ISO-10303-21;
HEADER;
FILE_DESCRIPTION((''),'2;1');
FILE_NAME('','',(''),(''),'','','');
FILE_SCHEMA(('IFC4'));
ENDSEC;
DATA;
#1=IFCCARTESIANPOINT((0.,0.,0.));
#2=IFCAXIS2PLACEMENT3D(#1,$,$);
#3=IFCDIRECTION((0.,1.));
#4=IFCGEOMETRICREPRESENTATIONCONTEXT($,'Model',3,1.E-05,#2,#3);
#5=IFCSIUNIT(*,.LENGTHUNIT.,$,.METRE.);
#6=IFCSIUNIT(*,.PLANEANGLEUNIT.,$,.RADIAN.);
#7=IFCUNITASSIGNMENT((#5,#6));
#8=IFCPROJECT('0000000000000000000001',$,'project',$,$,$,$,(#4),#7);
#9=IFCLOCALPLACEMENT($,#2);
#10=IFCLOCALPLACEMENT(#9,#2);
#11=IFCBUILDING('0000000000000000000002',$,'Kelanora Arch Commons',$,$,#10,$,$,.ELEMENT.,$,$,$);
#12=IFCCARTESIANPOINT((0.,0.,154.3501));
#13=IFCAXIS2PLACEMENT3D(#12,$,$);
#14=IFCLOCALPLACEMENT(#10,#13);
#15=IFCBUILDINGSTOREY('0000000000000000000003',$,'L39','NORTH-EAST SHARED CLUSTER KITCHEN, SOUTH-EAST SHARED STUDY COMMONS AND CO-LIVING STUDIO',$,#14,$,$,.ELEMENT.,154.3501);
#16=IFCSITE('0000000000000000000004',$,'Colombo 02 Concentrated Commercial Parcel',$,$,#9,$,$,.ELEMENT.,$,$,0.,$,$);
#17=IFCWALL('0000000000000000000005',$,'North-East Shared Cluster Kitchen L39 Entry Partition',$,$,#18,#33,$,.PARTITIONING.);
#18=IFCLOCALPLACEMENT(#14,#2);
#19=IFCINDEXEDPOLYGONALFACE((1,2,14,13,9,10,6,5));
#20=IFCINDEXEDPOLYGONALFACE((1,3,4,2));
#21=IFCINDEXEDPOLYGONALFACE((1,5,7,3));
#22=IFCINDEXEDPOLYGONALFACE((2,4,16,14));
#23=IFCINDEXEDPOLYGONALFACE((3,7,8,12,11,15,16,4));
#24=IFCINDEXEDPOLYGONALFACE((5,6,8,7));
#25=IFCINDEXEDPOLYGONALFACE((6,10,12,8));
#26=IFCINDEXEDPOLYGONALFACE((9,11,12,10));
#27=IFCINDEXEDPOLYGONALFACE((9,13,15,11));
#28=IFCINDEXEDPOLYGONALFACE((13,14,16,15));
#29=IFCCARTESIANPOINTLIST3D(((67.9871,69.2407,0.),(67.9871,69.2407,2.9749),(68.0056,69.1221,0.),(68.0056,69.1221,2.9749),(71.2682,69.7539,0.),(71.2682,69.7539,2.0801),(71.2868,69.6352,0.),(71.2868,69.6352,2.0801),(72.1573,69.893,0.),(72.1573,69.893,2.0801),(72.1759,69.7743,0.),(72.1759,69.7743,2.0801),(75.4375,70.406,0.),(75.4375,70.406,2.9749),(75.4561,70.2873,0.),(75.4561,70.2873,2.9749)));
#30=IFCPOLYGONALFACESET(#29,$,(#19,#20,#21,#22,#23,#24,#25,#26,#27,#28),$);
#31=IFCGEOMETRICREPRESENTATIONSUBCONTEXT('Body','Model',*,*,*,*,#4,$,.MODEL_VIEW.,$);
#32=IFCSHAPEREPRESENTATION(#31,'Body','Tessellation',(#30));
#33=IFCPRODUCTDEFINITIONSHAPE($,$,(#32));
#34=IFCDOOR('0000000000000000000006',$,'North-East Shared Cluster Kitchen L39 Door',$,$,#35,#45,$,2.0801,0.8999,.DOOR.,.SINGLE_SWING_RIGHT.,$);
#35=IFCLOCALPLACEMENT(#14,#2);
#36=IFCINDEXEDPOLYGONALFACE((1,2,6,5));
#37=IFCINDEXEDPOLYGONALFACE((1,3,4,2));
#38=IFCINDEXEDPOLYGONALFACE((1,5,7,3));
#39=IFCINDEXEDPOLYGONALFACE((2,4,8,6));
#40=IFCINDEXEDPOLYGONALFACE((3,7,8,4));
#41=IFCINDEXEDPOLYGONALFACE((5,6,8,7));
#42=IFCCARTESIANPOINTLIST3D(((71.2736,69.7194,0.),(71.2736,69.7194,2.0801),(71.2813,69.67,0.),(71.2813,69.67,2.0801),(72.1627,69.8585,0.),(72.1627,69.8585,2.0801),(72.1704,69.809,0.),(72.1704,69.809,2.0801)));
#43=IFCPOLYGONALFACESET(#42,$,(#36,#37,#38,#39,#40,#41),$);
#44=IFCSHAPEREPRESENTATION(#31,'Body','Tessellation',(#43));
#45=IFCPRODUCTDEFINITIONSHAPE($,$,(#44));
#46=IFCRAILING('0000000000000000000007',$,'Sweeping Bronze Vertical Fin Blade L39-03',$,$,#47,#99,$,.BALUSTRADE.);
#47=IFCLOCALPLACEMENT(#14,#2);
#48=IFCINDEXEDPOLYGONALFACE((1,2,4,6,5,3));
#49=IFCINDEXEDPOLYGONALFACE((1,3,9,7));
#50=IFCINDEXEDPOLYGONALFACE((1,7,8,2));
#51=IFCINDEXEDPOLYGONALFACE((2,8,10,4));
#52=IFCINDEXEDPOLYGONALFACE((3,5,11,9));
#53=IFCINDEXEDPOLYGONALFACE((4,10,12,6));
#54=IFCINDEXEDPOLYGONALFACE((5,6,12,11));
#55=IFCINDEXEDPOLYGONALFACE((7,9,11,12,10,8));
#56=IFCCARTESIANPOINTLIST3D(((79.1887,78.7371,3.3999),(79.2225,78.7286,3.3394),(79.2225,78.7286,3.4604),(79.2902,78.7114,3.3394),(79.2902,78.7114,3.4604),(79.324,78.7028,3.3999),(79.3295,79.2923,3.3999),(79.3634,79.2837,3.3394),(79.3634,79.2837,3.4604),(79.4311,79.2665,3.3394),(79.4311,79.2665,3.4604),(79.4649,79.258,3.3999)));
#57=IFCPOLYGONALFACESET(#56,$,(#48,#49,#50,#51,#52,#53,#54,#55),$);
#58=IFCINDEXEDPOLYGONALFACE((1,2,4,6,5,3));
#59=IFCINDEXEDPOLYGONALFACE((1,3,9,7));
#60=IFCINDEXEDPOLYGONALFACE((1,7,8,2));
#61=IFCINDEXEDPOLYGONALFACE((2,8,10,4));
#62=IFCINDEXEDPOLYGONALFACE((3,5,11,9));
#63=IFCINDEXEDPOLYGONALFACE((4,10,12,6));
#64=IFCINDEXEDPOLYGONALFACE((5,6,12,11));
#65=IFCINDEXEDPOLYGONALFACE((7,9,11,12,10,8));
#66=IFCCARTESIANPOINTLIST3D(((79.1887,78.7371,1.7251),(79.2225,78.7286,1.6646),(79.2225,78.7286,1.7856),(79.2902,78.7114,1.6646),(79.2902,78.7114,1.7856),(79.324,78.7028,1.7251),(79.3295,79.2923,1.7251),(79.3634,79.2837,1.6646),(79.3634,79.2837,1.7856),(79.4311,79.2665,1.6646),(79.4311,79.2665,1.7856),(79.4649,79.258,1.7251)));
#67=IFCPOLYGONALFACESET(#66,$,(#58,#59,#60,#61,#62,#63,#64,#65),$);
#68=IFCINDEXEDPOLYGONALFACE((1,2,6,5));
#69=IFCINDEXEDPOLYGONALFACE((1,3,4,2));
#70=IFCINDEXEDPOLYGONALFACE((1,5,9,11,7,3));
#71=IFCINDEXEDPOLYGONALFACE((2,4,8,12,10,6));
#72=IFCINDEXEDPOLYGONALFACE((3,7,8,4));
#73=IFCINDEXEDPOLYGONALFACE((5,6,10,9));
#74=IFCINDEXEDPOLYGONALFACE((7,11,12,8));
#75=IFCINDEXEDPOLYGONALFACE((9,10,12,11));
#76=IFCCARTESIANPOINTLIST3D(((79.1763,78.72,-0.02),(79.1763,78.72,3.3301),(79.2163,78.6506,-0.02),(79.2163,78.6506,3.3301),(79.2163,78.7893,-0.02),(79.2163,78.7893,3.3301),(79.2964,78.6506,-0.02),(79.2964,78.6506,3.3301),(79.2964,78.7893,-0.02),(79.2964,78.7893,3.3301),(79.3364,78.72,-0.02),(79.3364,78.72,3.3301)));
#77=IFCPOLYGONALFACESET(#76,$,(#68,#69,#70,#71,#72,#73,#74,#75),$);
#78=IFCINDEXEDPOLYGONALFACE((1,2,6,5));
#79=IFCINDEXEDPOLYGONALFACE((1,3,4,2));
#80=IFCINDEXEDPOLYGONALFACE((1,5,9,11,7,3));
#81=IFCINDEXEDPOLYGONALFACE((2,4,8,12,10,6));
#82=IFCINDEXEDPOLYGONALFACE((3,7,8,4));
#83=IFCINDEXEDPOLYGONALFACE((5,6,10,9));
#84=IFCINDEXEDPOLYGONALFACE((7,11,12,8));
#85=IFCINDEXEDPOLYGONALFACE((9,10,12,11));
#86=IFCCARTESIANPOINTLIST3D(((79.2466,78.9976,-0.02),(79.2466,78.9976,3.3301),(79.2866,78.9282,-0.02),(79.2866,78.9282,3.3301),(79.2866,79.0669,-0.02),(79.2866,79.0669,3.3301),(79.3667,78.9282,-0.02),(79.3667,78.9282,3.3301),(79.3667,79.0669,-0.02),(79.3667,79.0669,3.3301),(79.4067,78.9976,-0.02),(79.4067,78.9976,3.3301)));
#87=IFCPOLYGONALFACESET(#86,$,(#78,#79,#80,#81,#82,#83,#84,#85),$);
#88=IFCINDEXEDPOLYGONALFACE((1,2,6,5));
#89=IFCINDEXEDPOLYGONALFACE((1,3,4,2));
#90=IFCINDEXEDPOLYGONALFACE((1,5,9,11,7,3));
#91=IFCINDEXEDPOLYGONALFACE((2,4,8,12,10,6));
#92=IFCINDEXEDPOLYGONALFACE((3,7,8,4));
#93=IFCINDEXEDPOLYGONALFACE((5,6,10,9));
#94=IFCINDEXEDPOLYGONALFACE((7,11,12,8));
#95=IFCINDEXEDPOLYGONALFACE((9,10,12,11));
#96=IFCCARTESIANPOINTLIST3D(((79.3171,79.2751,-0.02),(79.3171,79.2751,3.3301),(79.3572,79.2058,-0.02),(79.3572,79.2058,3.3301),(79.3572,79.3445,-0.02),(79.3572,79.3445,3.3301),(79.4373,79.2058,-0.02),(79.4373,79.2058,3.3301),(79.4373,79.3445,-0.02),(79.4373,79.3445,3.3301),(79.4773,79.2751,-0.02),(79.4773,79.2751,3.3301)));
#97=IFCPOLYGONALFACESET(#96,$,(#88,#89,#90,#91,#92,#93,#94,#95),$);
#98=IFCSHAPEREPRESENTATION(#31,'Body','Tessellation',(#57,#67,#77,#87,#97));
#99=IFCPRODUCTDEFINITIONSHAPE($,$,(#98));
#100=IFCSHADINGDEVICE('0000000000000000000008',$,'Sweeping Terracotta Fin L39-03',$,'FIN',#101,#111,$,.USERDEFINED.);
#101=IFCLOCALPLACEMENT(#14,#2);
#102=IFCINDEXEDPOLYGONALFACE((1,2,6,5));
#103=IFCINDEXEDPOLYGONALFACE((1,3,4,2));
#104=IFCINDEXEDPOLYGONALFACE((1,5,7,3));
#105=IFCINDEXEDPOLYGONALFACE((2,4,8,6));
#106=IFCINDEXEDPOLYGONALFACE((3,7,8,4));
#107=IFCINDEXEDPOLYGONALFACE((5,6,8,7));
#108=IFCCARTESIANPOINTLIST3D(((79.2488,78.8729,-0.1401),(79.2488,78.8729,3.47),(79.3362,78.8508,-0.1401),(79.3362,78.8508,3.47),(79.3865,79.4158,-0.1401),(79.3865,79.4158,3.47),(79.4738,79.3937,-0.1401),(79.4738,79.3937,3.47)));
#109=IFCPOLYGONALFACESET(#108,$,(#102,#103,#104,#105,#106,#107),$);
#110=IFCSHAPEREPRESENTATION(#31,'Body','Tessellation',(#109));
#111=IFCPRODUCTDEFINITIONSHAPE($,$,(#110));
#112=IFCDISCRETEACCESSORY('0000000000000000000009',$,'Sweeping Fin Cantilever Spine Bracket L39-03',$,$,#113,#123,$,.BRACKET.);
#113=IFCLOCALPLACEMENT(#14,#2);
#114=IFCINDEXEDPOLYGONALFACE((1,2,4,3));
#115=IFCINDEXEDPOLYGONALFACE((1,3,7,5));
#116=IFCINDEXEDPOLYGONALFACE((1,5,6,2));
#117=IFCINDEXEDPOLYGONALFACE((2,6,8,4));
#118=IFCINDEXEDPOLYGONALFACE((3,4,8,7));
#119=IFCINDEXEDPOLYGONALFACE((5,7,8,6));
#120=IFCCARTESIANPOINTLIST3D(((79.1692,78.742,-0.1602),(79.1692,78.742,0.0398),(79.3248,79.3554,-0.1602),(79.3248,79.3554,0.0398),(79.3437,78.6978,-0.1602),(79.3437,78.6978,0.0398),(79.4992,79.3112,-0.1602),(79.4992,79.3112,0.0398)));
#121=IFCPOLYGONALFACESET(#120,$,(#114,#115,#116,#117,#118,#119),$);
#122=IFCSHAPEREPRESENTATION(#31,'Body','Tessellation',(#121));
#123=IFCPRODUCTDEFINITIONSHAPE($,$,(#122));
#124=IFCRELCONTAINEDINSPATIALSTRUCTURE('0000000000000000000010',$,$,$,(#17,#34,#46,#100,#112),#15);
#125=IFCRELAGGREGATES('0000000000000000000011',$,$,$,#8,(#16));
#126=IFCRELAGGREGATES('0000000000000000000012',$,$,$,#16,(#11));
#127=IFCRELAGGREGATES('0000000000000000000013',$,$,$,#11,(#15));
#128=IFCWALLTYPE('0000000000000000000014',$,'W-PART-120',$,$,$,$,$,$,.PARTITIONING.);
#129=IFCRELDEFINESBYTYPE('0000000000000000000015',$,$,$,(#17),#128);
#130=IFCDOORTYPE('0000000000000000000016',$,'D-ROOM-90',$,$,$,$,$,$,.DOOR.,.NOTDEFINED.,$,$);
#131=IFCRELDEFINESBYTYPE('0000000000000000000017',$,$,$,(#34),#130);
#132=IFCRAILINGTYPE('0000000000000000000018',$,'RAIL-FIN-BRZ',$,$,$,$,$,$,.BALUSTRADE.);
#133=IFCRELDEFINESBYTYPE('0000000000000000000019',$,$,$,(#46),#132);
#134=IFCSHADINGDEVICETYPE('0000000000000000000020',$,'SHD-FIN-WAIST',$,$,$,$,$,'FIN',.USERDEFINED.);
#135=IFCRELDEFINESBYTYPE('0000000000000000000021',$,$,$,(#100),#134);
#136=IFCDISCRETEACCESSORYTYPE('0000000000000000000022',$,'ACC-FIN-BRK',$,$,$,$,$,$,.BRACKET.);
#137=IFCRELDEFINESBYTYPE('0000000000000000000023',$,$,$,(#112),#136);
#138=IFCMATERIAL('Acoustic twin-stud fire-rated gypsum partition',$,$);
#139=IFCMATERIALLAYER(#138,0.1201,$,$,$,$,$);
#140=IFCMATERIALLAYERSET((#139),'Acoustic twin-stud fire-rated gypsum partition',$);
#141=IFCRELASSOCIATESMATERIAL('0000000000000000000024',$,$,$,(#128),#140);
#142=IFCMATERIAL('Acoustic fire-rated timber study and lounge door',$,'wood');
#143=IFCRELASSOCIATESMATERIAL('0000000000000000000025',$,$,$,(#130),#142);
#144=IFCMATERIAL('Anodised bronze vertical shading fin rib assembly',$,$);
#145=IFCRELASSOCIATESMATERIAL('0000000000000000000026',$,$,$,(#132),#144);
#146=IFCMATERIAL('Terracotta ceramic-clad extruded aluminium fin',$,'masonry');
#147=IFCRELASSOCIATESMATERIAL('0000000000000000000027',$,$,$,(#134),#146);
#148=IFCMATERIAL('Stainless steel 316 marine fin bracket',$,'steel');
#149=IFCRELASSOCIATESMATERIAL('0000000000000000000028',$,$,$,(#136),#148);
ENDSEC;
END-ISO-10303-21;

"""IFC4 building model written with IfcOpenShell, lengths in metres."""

from ifc_helpers import new_model, si_unit, direction, frame, frame_2d, origin, origin_2d, place, context, subcontext, project, spatial, polyline, rectangle, outline, extrude, source, transform, mapped, material, layer, layer_set, type_object, element, fill, save


model = new_model("IFC4")

# Units and contexts
model_context = context("Model", 3, precision=1e-05, world=origin(), true_north=direction((0.0, 1.0)))
body_context = subcontext(model_context, "Body", "Model", "MODEL_VIEW")
ifc_project = project(units=[si_unit("LENGTHUNIT", "METRE"), si_unit("PLANEANGLEUNIT", "RADIAN")], contexts=[model_context])

# Site, building, storey
site_placement = place(None, origin())
site = spatial("IfcSite", under=ifc_project, at=site_placement, Name="Colombo 02 Concentrated Commercial Parcel", CompositionType="ELEMENT", RefElevation=0.0)
building_placement = place(site_placement, origin())
building = spatial("IfcBuilding", under=site, at=building_placement, Name="Kelanora Arch Commons", CompositionType="ELEMENT")
storey_placement = place(building_placement, frame((0.0, 0.0, 154.3501)))
storey = spatial("IfcBuildingStorey", under=building, at=storey_placement, Name="L39", Description="NORTH-EAST SHARED CLUSTER KITCHEN, SOUTH-EAST SHARED STUDY COMMONS AND CO-LIVING STUDIO", CompositionType="ELEMENT", Elevation=154.3501)

# Wall, opening, door
ifc_material_1 = material(Name="Acoustic twin-stud fire-rated gypsum partition")
ifc_layer_1 = layer(ifc_material_1, 0.1201)
ifc_layer_set_1 = layer_set([ifc_layer_1], Name="Acoustic twin-stud fire-rated gypsum partition")
wall_type_1 = type_object("IfcWallType", Name="W-PART-120", PredefinedType="PARTITIONING", material=ifc_layer_set_1)
wall_1_placement = place(storey_placement, frame((75.4468, 70.3467, 0.0), z_axis=(0.0, 0.0, 1.0), x_axis=(-0.987989, -0.154526, 0.0)))
wall_1 = element("IfcWall", 1, at=wall_1_placement, inside=storey, type_object=wall_type_1, Name="North-East Shared Cluster Kitchen L39 Entry Partition", PredefinedType="PARTITIONING", context=body_context, shape_type="SweptSolid", body=[
    extrude(rectangle(XDim=7.541, YDim=0.1201, at=frame_2d((3.7705, 0.0))), origin(), (0.0, 0.0, 1.0), 2.9749),
])
opening_1_placement = place(wall_1_placement, frame((3.3201, 0.0, 0.0)))
opening_1 = element("IfcOpeningElement", 2, at=opening_1_placement, cuts=wall_1, PredefinedType="OPENING", context=body_context, shape_type="SweptSolid", body=[
    extrude(rectangle(XDim=0.8999, YDim=2.0801, at=frame_2d((0.45, 1.04))), frame((0.0, 0.0701, 0.0), z_axis=(0.0, -1.0, 0.0), x_axis=(1.0, 0.0, 0.0)), (0.0, 0.0, 1.0), 0.1401),
])
ifc_material_2 = material(Name="Acoustic fire-rated timber study and lounge door", Category="wood")
door_type = type_object("IfcDoorType", Name="D-ROOM-90", OperationType="NOTDEFINED", PredefinedType="DOOR", material=ifc_material_2)
door_placement = place(opening_1_placement, origin())
door = element("IfcDoor", 3, at=door_placement, inside=storey, type_object=door_type, Name="North-East Shared Cluster Kitchen L39 Door", OperationType="SINGLE_SWING_RIGHT", OverallHeight=2.0801, OverallWidth=0.8999, PredefinedType="DOOR", context=body_context, shape_type="SweptSolid", body=[
    extrude(rectangle(XDim=0.8999, YDim=2.0801, at=frame_2d((0.45, 1.04))), frame((0.0, 0.0249, 0.0), z_axis=(0.0, -1.0, 0.0), x_axis=(1.0, 0.0, 0.0)), (0.0, 0.0, 1.0), 0.05),
])
fill(opening_1, door)

# Railing
ifc_material_3 = material(Name="Anodised bronze vertical shading fin rib assembly")
railing_type = type_object("IfcRailingType", Name="RAIL-FIN-BRZ", PredefinedType="BALUSTRADE", material=ifc_material_3)
railing_placement = place(storey_placement, frame((79.2563, 78.72, -0.02)))
element("IfcRailing", 4, at=railing_placement, inside=storey, type_object=railing_type, Name="Sweeping Bronze Vertical Fin Blade L39-03", PredefinedType="BALUSTRADE", context=body_context, shape_type="SweptSolid", body=[
    extrude(outline(polyline([(0.0698, 0.0), (0.0349, 0.0605), (-0.0349, 0.0605), (-0.0698, 0.0), (-0.0349, -0.0605), (0.0349, -0.0605), (0.0698, 0.0)])), frame((0.0, 0.0, 3.4199), z_axis=(0.245944, 0.969284, 0.0), x_axis=(-0.969284, 0.245944, 0.0)), (0.0, 0.0, 1.0), 0.5728),
    extrude(outline(polyline([(0.0698, 0.0), (0.0349, 0.0605), (-0.0349, 0.0605), (-0.0698, 0.0), (-0.0349, -0.0605), (0.0349, -0.0605), (0.0698, 0.0)])), frame((0.0, 0.0, 1.7451), z_axis=(0.245944, 0.969284, 0.0), x_axis=(-0.969284, 0.245944, 0.0)), (0.0, 0.0, 1.0), 0.5728),
    extrude(outline(polyline([(0.0801, 0.0), (0.04, 0.0693), (-0.04, 0.0693), (-0.0801, 0.0), (-0.04, -0.0693), (0.04, -0.0693), (0.0801, 0.0)])), origin(), (0.0, 0.0, 1.0), 3.3501),
    extrude(outline(polyline([(0.0801, 0.0), (0.04, 0.0693), (-0.04, 0.0693), (-0.0801, 0.0), (-0.04, -0.0693), (0.04, -0.0693), (0.0801, 0.0)])), frame((0.0703, 0.2776, 0.0)), (0.0, 0.0, 1.0), 3.3501),
    extrude(outline(polyline([(0.0801, 0.0), (0.04, 0.0693), (-0.04, 0.0693), (-0.0801, 0.0), (-0.04, -0.0693), (0.04, -0.0693), (0.0801, 0.0)])), frame((0.1409, 0.5552, 0.0)), (0.0, 0.0, 1.0), 3.3501),
])

# Shading device
ifc_material_4 = material(Name="Terracotta ceramic-clad extruded aluminium fin", Category="masonry")
shading_device_type = type_object("IfcShadingDeviceType", Name="SHD-FIN-WAIST", ElementType="FIN", PredefinedType="USERDEFINED", material=ifc_material_4)
shared_shape_1 = source(origin(), body_context, "Body", "SweptSolid", [
    extrude(rectangle(XDim=0.5601, YDim=0.0901, at=origin_2d()), origin(), (0.0, 0.0, 1.0), 3.6101),
])
shading_device_placement = place(storey_placement, frame((79.3613, 79.1333, -0.1401), z_axis=(0.0, 0.0, 1.0), x_axis=(0.245815, 0.969317, 0.0)))
element("IfcShadingDevice", 5, at=shading_device_placement, inside=storey, type_object=shading_device_type, Name="Sweeping Terracotta Fin L39-03", ObjectType="FIN", PredefinedType="USERDEFINED", context=body_context, shape_type="MappedRepresentation", body=[
    mapped(shared_shape_1, transform((0.0, 0.0, 0.0), scale=1.0)),
])

# Discrete accessory
ifc_material_5 = material(Name="Stainless steel 316 marine fin bracket", Category="steel")
discrete_accessory_type = type_object("IfcDiscreteAccessoryType", Name="ACC-FIN-BRK", PredefinedType="BRACKET", material=ifc_material_5)
shared_shape_2 = source(origin(), body_context, "Body", "SweptSolid", [
    extrude(rectangle(XDim=0.6328, YDim=0.1799, at=origin_2d()), origin(), (0.0, 0.0, 1.0), 0.2),
])
discrete_accessory_placement = place(storey_placement, frame((79.3342, 79.0266, -0.1602), z_axis=(0.0, 0.0, 1.0), x_axis=(0.245815, 0.969317, 0.0)))
element("IfcDiscreteAccessory", 6, at=discrete_accessory_placement, inside=storey, type_object=discrete_accessory_type, Name="Sweeping Fin Cantilever Spine Bracket L39-03", PredefinedType="BRACKET", context=body_context, shape_type="MappedRepresentation", body=[
    mapped(shared_shape_2, transform((0.0, 0.0, 0.0), scale=1.0)),
])

save(model, "model.ifc")
